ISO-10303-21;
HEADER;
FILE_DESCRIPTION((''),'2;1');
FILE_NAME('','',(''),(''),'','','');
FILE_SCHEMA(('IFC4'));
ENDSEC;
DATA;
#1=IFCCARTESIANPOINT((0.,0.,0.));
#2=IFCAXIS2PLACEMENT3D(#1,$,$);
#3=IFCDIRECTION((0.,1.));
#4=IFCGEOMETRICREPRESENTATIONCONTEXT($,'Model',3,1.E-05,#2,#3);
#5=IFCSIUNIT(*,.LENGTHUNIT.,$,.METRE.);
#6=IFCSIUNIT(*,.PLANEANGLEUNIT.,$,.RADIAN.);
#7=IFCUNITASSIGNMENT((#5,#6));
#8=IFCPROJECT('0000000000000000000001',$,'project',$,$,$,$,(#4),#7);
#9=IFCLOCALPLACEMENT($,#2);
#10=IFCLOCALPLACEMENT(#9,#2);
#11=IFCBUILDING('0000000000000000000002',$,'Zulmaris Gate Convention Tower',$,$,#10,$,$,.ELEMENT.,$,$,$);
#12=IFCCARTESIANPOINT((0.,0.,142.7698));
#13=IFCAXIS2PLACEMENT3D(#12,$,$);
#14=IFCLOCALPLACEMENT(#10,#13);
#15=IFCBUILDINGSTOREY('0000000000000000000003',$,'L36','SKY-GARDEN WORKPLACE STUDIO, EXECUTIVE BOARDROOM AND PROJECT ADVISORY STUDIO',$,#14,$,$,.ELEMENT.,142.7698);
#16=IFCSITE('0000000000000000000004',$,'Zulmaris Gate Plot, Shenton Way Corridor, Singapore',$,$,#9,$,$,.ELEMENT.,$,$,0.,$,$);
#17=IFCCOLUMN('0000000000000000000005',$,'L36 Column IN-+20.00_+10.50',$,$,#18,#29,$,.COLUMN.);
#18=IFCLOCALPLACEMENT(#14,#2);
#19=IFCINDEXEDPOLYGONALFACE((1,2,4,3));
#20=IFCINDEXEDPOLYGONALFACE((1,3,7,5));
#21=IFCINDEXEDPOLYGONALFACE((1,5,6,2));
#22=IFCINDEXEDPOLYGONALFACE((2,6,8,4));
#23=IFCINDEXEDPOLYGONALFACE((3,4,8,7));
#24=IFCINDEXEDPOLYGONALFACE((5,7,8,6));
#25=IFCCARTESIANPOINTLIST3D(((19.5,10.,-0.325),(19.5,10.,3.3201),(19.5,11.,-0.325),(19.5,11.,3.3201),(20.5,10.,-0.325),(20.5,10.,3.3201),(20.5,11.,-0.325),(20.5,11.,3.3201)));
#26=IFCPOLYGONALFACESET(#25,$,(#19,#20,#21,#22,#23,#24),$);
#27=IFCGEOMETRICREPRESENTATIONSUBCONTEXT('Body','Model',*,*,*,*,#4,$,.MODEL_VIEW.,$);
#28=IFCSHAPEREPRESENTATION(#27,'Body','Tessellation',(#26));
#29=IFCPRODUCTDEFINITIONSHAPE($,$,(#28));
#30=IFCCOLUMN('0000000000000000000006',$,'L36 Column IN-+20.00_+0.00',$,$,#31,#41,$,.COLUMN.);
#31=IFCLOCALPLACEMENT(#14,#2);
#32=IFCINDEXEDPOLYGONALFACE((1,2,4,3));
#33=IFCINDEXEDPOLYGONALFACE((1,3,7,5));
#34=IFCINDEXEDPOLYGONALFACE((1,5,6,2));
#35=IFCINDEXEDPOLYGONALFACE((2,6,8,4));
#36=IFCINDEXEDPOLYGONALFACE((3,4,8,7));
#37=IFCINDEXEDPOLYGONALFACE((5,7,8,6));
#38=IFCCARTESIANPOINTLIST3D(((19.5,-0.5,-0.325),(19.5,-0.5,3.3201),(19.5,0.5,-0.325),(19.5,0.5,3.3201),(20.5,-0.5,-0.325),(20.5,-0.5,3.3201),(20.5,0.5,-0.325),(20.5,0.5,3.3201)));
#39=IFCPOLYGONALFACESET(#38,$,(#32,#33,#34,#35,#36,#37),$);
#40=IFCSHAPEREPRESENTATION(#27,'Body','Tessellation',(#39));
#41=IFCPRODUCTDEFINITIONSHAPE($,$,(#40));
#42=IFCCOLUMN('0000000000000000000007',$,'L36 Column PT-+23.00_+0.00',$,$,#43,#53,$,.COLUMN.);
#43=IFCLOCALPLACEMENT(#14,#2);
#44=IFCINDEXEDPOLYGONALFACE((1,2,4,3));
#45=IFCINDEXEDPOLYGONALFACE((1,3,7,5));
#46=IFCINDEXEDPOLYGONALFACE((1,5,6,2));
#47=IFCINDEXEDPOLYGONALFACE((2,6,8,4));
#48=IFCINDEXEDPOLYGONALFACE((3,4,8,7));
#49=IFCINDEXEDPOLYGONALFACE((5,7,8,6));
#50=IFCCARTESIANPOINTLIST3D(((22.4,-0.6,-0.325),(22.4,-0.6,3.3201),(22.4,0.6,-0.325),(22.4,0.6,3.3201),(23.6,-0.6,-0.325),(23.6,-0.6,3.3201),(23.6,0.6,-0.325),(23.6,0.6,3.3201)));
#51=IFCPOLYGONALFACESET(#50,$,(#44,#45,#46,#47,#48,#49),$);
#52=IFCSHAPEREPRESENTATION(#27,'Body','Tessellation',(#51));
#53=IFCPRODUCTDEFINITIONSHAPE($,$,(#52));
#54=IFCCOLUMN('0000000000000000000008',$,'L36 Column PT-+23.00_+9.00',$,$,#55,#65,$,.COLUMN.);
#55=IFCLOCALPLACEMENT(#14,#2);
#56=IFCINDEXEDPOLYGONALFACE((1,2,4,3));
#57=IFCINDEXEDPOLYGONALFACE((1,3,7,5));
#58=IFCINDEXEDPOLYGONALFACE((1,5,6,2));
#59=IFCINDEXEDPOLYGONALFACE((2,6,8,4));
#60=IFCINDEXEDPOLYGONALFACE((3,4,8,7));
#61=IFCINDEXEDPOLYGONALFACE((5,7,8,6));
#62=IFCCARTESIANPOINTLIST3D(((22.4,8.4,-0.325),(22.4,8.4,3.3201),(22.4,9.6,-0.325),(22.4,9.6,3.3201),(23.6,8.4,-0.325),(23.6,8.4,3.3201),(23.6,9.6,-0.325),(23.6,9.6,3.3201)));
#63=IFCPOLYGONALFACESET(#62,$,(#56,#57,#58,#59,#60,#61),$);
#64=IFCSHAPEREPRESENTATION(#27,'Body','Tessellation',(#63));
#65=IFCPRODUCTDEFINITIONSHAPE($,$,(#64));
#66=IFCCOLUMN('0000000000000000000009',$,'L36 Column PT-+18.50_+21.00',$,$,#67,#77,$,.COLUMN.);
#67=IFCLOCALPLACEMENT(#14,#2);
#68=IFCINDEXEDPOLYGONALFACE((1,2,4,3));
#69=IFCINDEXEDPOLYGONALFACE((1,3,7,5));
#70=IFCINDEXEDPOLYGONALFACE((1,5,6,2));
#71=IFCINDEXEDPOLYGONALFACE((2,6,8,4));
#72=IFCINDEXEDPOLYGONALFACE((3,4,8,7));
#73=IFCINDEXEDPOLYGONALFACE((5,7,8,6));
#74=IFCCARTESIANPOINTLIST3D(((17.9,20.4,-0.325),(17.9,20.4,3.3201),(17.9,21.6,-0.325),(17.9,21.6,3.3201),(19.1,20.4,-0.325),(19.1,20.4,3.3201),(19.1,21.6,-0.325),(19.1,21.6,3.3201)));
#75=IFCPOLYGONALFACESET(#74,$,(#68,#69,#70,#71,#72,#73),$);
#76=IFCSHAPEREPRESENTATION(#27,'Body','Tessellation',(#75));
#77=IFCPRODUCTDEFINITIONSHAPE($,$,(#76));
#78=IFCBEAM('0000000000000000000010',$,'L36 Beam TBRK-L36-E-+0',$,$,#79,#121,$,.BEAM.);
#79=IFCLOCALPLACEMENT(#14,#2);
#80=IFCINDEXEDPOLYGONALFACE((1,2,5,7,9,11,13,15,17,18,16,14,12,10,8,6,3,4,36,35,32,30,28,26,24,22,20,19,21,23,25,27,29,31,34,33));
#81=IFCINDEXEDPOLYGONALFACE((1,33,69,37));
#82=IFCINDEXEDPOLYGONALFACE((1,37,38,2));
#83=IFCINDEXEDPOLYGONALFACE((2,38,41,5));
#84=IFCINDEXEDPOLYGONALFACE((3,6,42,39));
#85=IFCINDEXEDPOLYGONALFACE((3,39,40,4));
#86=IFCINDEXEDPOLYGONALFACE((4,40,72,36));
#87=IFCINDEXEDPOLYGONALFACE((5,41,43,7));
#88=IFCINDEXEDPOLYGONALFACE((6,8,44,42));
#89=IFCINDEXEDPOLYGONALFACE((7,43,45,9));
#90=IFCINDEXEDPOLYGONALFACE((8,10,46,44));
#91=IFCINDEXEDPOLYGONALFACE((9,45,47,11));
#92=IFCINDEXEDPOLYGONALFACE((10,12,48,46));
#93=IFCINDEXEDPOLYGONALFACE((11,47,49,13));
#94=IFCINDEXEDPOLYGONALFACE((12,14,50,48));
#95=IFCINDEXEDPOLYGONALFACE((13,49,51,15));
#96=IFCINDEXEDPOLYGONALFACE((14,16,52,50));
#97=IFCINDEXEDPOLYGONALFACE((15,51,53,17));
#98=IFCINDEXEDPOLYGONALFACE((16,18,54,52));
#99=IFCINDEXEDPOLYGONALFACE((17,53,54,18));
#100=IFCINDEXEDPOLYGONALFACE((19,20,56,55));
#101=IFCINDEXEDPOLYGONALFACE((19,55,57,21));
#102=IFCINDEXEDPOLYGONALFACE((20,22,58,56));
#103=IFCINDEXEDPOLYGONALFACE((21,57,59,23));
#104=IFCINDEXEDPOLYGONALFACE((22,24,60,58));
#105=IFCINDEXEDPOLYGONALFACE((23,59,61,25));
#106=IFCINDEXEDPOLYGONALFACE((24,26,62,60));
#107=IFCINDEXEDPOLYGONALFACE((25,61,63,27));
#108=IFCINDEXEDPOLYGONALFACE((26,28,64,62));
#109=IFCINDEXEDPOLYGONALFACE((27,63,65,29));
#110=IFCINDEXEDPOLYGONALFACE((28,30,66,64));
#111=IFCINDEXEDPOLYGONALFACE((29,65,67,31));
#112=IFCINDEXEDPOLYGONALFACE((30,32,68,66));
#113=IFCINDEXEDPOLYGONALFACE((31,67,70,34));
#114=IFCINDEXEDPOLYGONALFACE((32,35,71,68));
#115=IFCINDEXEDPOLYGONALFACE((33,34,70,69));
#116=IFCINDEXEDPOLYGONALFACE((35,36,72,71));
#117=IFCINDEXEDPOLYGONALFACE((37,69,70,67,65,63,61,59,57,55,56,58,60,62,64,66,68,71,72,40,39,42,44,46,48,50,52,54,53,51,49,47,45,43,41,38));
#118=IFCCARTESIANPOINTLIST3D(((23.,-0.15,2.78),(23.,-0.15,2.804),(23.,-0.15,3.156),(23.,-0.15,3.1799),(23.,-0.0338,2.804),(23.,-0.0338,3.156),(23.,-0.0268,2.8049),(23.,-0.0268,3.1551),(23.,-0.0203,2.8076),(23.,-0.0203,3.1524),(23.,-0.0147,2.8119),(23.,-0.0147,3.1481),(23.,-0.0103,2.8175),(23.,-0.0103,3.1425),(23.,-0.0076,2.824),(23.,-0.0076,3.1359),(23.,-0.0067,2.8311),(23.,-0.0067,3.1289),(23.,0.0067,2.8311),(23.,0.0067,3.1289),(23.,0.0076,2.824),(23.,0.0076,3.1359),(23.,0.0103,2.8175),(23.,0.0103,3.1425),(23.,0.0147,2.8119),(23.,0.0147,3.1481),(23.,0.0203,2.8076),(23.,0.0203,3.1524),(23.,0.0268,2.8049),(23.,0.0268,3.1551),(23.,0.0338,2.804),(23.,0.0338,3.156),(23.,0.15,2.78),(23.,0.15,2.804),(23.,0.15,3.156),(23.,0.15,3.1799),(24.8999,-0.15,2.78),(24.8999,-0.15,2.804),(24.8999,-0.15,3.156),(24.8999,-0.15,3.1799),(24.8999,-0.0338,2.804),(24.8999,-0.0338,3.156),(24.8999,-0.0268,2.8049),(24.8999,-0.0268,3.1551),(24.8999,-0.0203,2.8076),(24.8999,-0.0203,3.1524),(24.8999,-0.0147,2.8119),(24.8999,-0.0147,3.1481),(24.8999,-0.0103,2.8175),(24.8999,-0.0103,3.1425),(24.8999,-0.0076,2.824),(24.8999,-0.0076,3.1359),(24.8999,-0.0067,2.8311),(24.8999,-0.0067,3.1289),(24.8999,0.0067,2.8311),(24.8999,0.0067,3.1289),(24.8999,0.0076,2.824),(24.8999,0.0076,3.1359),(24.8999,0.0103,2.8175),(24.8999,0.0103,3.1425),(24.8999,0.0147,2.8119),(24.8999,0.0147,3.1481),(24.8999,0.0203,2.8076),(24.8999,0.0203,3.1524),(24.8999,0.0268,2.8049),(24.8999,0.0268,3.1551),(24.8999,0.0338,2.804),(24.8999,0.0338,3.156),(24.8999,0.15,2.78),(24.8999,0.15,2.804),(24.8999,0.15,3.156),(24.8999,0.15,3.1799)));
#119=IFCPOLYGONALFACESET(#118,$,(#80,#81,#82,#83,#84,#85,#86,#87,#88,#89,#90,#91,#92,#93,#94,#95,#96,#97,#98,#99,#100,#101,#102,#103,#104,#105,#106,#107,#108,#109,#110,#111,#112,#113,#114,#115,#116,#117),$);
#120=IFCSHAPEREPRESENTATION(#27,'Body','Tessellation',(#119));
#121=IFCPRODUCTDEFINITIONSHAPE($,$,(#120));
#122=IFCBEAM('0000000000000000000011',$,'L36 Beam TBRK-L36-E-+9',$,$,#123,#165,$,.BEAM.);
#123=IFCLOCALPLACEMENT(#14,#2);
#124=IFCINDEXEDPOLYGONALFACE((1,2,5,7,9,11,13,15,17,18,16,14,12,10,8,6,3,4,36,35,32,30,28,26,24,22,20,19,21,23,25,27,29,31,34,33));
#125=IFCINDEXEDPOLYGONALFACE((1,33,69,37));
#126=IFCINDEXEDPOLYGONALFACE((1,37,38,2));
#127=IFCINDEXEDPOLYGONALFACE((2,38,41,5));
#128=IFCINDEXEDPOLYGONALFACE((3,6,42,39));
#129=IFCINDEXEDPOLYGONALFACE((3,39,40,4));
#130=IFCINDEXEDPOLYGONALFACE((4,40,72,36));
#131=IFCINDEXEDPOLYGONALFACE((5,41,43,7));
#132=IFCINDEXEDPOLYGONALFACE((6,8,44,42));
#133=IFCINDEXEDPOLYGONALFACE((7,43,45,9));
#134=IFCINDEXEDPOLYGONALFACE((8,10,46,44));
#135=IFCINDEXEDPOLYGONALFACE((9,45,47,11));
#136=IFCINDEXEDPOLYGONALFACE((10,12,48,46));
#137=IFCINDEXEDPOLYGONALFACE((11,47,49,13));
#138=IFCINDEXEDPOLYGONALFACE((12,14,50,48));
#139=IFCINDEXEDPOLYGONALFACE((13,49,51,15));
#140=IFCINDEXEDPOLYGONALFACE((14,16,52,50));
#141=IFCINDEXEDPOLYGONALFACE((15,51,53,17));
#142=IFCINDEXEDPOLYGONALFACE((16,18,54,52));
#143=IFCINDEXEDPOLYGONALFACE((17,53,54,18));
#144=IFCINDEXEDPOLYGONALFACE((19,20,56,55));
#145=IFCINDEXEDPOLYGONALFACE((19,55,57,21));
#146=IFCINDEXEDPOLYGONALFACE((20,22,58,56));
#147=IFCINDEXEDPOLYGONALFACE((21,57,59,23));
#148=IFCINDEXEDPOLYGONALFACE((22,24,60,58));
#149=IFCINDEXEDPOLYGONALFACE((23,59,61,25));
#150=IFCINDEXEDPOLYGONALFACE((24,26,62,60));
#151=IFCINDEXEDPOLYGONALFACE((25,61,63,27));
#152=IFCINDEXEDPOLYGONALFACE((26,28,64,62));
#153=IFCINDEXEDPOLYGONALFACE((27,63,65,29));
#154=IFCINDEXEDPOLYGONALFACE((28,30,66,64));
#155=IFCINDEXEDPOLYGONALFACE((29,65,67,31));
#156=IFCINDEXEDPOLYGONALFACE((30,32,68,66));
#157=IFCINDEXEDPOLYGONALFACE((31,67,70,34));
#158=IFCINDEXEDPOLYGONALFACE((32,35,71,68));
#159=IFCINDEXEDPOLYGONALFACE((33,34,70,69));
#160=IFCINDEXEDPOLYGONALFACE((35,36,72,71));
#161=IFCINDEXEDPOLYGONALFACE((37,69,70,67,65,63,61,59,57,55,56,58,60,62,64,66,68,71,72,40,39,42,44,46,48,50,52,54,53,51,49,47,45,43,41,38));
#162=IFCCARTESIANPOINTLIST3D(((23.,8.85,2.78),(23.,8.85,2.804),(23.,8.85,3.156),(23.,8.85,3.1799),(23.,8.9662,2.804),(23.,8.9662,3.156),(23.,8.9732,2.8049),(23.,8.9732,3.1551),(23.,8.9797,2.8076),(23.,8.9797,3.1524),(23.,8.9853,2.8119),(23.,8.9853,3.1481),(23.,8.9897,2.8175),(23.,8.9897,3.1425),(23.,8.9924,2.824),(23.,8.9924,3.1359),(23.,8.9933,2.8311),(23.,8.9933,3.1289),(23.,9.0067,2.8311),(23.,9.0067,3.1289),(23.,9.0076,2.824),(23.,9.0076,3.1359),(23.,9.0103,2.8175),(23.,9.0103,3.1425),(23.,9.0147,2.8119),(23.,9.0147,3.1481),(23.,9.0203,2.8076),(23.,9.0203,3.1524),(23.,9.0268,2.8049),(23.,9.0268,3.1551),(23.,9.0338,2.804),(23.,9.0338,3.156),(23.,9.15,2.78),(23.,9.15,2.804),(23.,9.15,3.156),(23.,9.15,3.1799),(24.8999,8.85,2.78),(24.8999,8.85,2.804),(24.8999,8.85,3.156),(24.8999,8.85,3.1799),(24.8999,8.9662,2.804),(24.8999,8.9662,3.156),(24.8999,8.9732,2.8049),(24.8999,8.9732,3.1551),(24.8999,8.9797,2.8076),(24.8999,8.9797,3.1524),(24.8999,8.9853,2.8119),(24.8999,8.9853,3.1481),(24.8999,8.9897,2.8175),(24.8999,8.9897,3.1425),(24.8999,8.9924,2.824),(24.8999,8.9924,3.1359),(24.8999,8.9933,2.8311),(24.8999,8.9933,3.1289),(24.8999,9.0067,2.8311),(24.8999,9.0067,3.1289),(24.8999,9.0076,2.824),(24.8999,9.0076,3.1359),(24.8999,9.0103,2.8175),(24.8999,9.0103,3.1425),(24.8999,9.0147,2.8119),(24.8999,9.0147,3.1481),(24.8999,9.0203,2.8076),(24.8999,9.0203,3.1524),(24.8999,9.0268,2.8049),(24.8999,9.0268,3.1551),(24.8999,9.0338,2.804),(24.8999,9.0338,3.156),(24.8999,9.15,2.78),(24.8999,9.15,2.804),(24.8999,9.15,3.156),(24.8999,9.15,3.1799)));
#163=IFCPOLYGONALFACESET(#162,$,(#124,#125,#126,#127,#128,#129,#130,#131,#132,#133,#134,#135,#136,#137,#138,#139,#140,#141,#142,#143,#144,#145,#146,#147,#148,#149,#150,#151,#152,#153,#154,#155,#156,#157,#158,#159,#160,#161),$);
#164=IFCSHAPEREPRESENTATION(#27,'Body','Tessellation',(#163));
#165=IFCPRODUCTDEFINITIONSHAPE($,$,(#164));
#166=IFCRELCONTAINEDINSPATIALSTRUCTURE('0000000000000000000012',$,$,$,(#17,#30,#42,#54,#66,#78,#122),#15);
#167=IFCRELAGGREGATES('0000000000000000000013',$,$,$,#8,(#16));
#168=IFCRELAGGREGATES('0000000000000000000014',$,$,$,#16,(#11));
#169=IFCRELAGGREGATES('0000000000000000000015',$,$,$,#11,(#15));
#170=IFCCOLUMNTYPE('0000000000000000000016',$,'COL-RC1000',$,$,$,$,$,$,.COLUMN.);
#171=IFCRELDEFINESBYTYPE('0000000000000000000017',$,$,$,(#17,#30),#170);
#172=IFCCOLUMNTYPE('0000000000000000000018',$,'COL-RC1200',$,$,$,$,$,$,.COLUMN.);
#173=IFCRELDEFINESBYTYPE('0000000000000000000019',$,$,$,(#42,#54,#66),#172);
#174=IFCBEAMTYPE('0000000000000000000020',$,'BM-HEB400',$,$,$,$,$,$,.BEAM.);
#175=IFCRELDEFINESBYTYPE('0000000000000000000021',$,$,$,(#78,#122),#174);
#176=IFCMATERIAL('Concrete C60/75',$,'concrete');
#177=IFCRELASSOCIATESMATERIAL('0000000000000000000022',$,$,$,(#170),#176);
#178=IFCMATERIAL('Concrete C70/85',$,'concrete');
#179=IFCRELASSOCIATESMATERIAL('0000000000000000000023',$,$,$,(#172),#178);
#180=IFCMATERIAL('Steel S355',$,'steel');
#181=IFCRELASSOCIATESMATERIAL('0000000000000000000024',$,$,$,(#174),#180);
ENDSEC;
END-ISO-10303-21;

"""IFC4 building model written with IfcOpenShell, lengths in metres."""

from ifc_helpers import new_model, si_unit, direction, frame, origin, origin_2d, place, context, subcontext, project, spatial, rectangle, i_section, extrude, material, material_profile, profile_set, type_object, element, save


model = new_model("IFC4")

# Units and contexts
model_context = context("Model", 3, precision=1e-05, world=origin(), true_north=direction((0.0, 1.0)))
body_context = subcontext(model_context, "Body", "Model", "MODEL_VIEW")
ifc_project = project(units=[si_unit("LENGTHUNIT", "METRE"), si_unit("PLANEANGLEUNIT", "RADIAN")], contexts=[model_context])

# Site, building, storey
site_placement = place(None, origin())
site = spatial("IfcSite", under=ifc_project, at=site_placement, Name="Zulmaris Gate Plot, Shenton Way Corridor, Singapore", CompositionType="ELEMENT", RefElevation=0.0)
building_placement = place(site_placement, origin())
building = spatial("IfcBuilding", under=site, at=building_placement, Name="Zulmaris Gate Convention Tower", CompositionType="ELEMENT")
storey_placement = place(building_placement, frame((0.0, 0.0, 142.7698)))
storey = spatial("IfcBuildingStorey", under=building, at=storey_placement, Name="L36", Description="SKY-GARDEN WORKPLACE STUDIO, EXECUTIVE BOARDROOM AND PROJECT ADVISORY STUDIO", CompositionType="ELEMENT", Elevation=142.7698)

# Columns
ifc_material_1 = material(Name="Concrete C60/75", Category="concrete")
ifc_material_profile_1 = material_profile(ifc_material_1, rectangle(XDim=1.0, YDim=1.0, at=origin_2d()), Name="RC COL 1000x1000")
ifc_profile_set_1 = profile_set([ifc_material_profile_1], Name="Concrete C60/75")
column_type_1 = type_object("IfcColumnType", Name="COL-RC1000", PredefinedType="COLUMN", material=ifc_profile_set_1)
for number, where, z_axis, x_axis, name in (
    (1, (20.0, 10.5, -0.325), (0.0, 0.0, 1.0), (1.0, 0.0, 0.0), "L36 Column IN-+20.00_+10.50"),
    (2, (20.0, 0.0, -0.325), (0.0, 0.0, 1.0), (1.0, 0.0, 0.0), "L36 Column IN-+20.00_+0.00"),
):
    element("IfcColumn", number, at=place(storey_placement, frame(where, z_axis=z_axis, x_axis=x_axis)), inside=storey, type_object=column_type_1, Name=name, PredefinedType="COLUMN", context=body_context, shape_type="SweptSolid", body=[
        extrude(rectangle(XDim=1.0, YDim=1.0, at=origin_2d()), origin(), (0.0, 0.0, 1.0), 3.645),
    ])
ifc_material_2 = material(Name="Concrete C70/85", Category="concrete")
ifc_material_profile_2 = material_profile(ifc_material_2, rectangle(XDim=1.2, YDim=1.2, at=origin_2d()), Name="RC COL 1200x1200")
ifc_profile_set_2 = profile_set([ifc_material_profile_2], Name="Concrete C70/85")
column_type_2 = type_object("IfcColumnType", Name="COL-RC1200", PredefinedType="COLUMN", material=ifc_profile_set_2)
for number, where, z_axis, x_axis, name in (
    (3, (23.0, 0.0, -0.325), (0.0, 0.0, 1.0), (1.0, 0.0, 0.0), "L36 Column PT-+23.00_+0.00"),
    (4, (23.0, 9.0, -0.325), (0.0, 0.0, 1.0), (1.0, 0.0, 0.0), "L36 Column PT-+23.00_+9.00"),
    (5, (18.5, 21.0, -0.325), (0.0, 0.0, 1.0), (1.0, 0.0, 0.0), "L36 Column PT-+18.50_+21.00"),
):
    element("IfcColumn", number, at=place(storey_placement, frame(where, z_axis=z_axis, x_axis=x_axis)), inside=storey, type_object=column_type_2, Name=name, PredefinedType="COLUMN", context=body_context, shape_type="SweptSolid", body=[
        extrude(rectangle(XDim=1.2, YDim=1.2, at=origin_2d()), origin(), (0.0, 0.0, 1.0), 3.645),
    ])

# Beams
ifc_material_3 = material(Name="Steel S355", Category="steel")
ifc_material_profile_3 = material_profile(ifc_material_3, i_section(OverallWidth=0.3, OverallDepth=0.3999, WebThickness=0.0134, FlangeThickness=0.0239, FilletRadius=0.0271, at=origin_2d()), Name="HEB 400")
ifc_profile_set_3 = profile_set([ifc_material_profile_3], Name="Steel S355")
beam_type_1 = type_object("IfcBeamType", Name="BM-HEB400", PredefinedType="BEAM", material=ifc_profile_set_3)
for number, where, z_axis, x_axis, name in (
    (6, (23.0, 0.0, 2.98), (1.0, 0.0, 0.0), (0.0, 1.0, 0.0), "L36 Beam TBRK-L36-E-+0"),
    (7, (23.0, 9.0, 2.98), (1.0, 0.0, 0.0), (0.0, 1.0, 0.0), "L36 Beam TBRK-L36-E-+9"),
):
    element("IfcBeam", number, at=place(storey_placement, frame(where, z_axis=z_axis, x_axis=x_axis)), inside=storey, type_object=beam_type_1, Name=name, PredefinedType="BEAM", context=body_context, shape_type="SweptSolid", body=[
        extrude(i_section(OverallWidth=0.3, OverallDepth=0.3999, WebThickness=0.0134, FlangeThickness=0.0239, FilletRadius=0.0271, at=origin_2d()), origin(), (0.0, 0.0, 1.0), 1.8999),
    ])

save(model, "model.ifc")
